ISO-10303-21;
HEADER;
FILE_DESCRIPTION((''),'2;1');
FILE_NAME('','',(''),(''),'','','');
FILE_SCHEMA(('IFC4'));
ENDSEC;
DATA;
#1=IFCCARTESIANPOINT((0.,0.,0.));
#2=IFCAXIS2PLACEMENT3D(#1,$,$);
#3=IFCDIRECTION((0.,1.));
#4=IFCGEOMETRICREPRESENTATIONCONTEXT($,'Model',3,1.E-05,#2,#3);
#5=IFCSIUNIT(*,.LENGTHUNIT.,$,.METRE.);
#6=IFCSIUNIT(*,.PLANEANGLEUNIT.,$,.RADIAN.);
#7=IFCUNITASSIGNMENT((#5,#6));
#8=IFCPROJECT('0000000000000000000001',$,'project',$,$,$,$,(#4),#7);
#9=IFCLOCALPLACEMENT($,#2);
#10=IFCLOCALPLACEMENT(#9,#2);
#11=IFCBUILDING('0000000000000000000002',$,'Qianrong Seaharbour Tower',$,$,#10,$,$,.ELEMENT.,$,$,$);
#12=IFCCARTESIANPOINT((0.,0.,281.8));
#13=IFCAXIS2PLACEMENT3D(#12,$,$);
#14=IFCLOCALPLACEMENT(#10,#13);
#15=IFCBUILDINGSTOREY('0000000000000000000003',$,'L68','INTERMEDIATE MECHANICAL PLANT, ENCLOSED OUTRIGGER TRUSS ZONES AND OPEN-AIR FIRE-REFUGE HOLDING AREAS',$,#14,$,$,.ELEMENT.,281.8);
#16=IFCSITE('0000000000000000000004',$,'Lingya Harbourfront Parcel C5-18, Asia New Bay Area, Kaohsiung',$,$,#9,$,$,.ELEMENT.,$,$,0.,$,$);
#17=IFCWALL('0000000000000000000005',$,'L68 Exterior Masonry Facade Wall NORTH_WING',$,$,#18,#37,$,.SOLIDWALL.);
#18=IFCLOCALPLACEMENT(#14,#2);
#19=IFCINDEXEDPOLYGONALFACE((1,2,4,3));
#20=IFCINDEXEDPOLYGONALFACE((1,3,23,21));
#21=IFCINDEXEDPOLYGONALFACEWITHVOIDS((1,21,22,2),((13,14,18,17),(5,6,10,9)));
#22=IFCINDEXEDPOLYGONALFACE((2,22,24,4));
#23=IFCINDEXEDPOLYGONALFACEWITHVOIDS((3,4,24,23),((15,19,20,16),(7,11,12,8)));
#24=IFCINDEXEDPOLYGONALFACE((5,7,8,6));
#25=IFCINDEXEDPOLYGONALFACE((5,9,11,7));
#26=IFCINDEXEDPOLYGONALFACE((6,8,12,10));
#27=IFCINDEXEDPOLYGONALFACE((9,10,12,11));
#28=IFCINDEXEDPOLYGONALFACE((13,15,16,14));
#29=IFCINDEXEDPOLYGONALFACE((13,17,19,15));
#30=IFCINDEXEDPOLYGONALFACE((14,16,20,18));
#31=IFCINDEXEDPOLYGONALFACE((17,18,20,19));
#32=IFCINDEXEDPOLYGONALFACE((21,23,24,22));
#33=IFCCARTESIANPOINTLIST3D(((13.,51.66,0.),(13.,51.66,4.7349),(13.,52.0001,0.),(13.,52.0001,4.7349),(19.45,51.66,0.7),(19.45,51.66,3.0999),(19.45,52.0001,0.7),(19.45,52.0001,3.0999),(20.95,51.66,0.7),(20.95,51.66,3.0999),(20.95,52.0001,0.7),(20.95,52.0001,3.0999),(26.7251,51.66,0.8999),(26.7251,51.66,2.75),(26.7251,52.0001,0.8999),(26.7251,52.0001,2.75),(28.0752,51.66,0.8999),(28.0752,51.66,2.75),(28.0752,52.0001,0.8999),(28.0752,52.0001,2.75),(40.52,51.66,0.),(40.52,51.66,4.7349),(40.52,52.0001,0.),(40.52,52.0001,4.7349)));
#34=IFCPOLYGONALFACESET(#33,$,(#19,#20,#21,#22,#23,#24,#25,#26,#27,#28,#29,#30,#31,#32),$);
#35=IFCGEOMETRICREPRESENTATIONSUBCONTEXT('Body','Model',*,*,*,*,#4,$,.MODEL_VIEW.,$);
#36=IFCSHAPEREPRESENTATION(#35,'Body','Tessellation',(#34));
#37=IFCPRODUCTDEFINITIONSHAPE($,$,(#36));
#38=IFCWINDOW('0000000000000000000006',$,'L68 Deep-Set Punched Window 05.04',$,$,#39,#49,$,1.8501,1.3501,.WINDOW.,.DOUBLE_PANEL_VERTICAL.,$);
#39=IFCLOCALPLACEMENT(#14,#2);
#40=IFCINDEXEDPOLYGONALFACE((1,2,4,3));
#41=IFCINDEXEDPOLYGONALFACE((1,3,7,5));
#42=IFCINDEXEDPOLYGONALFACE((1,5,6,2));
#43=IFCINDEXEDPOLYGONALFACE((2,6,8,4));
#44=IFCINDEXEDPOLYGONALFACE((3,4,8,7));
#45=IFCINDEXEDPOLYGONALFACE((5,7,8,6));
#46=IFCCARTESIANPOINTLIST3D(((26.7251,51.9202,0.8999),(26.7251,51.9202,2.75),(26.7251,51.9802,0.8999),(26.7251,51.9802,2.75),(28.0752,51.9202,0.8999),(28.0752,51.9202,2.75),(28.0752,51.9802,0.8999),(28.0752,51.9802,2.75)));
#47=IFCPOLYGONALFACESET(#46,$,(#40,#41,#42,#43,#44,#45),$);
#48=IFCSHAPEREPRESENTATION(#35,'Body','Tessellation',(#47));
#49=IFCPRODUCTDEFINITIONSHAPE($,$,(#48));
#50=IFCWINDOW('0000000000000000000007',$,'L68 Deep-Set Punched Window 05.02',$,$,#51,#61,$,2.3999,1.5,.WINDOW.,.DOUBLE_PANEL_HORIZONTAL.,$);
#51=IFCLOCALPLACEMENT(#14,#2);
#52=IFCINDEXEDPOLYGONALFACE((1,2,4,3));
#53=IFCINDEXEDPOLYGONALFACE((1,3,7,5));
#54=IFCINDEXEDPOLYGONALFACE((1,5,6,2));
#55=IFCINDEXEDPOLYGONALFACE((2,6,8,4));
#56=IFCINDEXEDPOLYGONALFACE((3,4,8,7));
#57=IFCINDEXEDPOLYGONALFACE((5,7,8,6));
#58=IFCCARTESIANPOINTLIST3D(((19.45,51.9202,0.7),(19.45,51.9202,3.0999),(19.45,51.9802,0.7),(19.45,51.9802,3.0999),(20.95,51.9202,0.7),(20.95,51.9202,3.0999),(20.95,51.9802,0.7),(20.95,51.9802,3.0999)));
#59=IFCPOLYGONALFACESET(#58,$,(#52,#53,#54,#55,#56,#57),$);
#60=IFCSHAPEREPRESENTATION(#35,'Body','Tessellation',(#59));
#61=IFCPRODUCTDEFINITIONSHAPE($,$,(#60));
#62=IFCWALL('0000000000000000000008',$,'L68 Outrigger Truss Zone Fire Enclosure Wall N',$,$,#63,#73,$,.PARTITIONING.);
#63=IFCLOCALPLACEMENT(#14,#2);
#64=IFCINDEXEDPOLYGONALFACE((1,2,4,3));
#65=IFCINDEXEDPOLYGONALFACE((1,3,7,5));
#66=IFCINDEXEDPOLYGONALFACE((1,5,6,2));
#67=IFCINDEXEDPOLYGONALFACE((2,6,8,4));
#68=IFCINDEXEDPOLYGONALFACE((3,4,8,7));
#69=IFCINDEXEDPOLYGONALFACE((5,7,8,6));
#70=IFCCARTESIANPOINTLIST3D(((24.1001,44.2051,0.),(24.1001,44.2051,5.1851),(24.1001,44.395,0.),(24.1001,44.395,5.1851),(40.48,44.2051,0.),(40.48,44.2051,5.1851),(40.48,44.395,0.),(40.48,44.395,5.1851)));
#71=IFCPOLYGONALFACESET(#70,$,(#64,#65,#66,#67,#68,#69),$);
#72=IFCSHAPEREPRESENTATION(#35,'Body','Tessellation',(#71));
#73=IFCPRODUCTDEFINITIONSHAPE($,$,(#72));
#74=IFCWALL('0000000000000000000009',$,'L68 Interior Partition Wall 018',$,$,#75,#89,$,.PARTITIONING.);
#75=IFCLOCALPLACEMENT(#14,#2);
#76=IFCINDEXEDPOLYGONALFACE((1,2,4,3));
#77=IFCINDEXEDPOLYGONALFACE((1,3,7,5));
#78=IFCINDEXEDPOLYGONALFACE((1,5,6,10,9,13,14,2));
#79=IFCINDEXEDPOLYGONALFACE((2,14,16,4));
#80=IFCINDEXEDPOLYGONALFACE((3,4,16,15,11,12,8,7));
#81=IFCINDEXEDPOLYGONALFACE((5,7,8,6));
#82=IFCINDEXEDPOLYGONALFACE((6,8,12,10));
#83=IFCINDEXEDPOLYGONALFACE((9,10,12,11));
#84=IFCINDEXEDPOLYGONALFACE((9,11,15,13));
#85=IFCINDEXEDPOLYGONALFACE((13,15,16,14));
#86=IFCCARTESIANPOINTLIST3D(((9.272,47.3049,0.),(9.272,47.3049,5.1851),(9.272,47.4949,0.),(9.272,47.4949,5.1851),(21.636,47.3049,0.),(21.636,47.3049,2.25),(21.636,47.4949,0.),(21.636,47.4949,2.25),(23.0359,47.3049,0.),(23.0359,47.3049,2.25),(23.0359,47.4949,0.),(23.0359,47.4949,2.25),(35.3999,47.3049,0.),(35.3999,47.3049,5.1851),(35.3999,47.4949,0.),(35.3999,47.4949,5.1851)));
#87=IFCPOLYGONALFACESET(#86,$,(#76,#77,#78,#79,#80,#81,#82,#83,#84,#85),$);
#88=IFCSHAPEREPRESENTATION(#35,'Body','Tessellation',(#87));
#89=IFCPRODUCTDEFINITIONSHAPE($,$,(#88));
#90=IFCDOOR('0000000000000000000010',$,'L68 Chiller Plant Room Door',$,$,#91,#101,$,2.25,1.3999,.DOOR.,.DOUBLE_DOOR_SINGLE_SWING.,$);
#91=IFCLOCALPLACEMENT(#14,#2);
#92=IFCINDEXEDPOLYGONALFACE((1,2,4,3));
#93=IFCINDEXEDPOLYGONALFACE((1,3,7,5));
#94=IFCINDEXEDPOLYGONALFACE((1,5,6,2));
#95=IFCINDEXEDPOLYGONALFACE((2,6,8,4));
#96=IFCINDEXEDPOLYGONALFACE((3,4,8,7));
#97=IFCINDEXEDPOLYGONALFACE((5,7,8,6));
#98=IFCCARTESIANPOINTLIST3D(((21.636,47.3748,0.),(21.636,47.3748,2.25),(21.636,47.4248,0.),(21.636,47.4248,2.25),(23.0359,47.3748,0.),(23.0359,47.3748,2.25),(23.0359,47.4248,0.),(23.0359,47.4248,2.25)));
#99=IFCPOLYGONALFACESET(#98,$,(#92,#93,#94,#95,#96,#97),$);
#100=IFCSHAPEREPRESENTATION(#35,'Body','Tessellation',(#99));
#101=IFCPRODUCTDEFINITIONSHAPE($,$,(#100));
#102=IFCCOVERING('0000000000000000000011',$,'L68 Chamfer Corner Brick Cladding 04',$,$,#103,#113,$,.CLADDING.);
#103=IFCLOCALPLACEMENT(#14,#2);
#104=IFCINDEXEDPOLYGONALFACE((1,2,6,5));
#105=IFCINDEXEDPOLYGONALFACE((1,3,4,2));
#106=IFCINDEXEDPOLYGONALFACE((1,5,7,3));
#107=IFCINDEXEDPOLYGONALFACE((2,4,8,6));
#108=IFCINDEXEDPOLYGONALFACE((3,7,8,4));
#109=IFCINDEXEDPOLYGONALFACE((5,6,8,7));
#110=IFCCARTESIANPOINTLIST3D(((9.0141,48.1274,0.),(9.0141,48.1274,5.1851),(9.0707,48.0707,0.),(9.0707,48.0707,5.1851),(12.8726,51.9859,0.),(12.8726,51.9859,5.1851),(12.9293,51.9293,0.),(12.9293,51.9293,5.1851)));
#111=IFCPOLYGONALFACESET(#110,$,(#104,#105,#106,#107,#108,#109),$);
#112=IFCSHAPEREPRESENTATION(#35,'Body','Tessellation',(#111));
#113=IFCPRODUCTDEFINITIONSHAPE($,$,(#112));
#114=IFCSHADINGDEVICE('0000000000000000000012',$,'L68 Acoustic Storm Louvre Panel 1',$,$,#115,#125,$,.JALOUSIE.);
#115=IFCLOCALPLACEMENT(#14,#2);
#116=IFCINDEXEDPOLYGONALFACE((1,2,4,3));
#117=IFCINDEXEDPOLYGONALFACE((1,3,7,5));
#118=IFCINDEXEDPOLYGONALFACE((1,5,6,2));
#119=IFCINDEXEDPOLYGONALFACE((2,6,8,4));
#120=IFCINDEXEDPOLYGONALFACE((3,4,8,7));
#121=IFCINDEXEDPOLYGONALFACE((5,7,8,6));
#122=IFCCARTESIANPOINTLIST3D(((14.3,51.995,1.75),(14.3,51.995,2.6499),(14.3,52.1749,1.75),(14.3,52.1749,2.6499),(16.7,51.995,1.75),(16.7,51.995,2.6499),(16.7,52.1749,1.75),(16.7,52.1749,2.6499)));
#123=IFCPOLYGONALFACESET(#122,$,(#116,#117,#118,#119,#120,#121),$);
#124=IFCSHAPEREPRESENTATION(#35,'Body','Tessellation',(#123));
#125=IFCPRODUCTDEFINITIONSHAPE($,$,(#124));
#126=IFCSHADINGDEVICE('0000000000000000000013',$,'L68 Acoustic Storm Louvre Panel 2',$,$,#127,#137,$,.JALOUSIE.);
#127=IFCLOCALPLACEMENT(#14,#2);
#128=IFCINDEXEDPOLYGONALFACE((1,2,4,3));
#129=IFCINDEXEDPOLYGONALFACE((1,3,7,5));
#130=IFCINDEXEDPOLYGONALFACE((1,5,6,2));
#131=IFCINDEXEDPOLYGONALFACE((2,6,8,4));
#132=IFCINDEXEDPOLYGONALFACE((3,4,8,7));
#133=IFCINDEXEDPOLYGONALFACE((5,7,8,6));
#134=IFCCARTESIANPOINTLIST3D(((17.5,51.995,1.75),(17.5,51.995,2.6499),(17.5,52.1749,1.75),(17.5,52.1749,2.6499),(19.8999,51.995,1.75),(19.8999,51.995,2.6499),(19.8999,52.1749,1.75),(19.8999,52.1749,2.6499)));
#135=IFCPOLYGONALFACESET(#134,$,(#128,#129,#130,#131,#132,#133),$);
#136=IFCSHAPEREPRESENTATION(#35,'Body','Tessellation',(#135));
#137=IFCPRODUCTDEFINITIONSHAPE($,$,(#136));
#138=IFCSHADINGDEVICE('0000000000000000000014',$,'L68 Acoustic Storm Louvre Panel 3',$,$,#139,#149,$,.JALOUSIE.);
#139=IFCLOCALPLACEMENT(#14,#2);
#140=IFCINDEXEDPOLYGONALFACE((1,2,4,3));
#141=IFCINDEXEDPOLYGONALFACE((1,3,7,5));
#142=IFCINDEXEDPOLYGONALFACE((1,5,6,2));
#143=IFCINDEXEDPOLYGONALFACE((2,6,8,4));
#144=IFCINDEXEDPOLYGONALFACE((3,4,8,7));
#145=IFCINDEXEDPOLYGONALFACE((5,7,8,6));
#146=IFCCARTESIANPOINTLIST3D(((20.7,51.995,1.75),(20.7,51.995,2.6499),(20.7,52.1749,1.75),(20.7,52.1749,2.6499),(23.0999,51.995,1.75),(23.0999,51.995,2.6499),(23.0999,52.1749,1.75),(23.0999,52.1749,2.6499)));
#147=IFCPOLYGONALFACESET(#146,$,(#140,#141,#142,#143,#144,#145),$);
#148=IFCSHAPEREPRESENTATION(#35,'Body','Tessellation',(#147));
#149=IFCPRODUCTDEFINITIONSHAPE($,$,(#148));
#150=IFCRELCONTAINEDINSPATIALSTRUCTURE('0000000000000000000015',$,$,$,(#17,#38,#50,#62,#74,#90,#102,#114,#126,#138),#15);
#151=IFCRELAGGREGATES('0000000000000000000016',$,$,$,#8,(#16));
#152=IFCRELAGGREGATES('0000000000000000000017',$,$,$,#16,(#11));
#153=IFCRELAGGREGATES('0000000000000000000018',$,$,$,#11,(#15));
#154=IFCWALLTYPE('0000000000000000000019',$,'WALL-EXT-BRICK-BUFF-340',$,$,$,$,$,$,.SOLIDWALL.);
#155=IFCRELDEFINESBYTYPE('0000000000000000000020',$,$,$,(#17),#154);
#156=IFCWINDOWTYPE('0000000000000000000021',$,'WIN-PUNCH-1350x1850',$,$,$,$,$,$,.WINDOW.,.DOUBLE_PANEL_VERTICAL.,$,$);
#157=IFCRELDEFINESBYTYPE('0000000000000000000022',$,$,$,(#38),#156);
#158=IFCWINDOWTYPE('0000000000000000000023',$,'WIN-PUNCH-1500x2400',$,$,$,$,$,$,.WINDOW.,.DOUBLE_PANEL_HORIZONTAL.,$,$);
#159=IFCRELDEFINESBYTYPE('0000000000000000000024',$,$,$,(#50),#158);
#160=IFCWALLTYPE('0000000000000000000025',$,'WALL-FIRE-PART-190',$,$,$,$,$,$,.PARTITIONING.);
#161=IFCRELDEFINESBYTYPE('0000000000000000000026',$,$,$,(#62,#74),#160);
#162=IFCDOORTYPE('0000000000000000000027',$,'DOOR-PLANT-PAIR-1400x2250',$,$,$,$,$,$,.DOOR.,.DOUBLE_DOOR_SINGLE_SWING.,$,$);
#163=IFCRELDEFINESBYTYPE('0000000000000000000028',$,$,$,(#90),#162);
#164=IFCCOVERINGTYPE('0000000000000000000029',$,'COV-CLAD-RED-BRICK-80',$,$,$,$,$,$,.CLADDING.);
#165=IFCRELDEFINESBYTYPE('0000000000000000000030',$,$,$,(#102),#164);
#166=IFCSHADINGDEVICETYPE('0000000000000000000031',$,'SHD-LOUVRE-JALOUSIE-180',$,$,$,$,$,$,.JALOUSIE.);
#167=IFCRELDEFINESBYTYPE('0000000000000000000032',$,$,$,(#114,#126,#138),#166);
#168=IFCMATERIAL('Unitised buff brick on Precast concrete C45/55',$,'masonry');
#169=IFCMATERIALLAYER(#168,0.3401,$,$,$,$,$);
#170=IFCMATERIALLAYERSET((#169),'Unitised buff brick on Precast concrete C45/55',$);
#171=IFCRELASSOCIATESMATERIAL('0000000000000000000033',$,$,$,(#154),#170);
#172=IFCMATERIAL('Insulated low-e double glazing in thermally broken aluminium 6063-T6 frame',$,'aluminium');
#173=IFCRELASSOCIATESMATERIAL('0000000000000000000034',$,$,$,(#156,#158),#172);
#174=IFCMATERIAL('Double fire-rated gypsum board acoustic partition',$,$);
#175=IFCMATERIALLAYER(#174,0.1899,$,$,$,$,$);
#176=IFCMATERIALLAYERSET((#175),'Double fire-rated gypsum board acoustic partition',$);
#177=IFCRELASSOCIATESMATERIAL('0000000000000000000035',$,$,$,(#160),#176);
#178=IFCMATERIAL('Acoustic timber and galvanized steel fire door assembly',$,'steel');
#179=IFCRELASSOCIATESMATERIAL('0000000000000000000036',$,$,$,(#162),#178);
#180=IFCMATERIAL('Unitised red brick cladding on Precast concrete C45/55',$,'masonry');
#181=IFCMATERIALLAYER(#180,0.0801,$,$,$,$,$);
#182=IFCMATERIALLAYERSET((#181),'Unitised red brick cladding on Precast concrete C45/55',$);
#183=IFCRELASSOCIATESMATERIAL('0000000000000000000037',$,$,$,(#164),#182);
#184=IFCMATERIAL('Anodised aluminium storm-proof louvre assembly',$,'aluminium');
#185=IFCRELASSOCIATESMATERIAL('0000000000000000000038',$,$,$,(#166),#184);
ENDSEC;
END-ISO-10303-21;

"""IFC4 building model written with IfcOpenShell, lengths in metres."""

from ifc_helpers import new_model, si_unit, direction, frame, frame_2d, origin, origin_2d, place, context, subcontext, project, spatial, rectangle, extrude, material, layer, layer_set, type_object, element, fill, save


model = new_model("IFC4")

# Units and contexts
model_context = context("Model", 3, precision=1e-05, world=origin(), true_north=direction((0.0, 1.0)))
body_context = subcontext(model_context, "Body", "Model", "MODEL_VIEW")
ifc_project = project(units=[si_unit("LENGTHUNIT", "METRE"), si_unit("PLANEANGLEUNIT", "RADIAN")], contexts=[model_context])

# Site, building, storey
site_placement = place(None, origin())
site = spatial("IfcSite", under=ifc_project, at=site_placement, Name="Lingya Harbourfront Parcel C5-18, Asia New Bay Area, Kaohsiung", CompositionType="ELEMENT", RefElevation=0.0)
building_placement = place(site_placement, origin())
building = spatial("IfcBuilding", under=site, at=building_placement, Name="Qianrong Seaharbour Tower", CompositionType="ELEMENT")
storey_placement = place(building_placement, frame((0.0, 0.0, 281.8)))
storey = spatial("IfcBuildingStorey", under=building, at=storey_placement, Name="L68", Description="INTERMEDIATE MECHANICAL PLANT, ENCLOSED OUTRIGGER TRUSS ZONES AND OPEN-AIR FIRE-REFUGE HOLDING AREAS", CompositionType="ELEMENT", Elevation=281.8)

# Wall, openings, windows
ifc_material_1 = material(Name="Unitised buff brick on Precast concrete C45/55", Category="masonry")
ifc_layer_1 = layer(ifc_material_1, 0.3401)
ifc_layer_set_1 = layer_set([ifc_layer_1], Name="Unitised buff brick on Precast concrete C45/55")
wall_type_1 = type_object("IfcWallType", Name="WALL-EXT-BRICK-BUFF-340", PredefinedType="SOLIDWALL", material=ifc_layer_set_1)
wall_1_placement = place(storey_placement, frame((13.0, 51.8301, 0.0), z_axis=(0.0, 0.0, 1.0), x_axis=(1.0, 0.0, 0.0)))
wall_1 = element("IfcWall", 1, at=wall_1_placement, inside=storey, type_object=wall_type_1, Name="L68 Exterior Masonry Facade Wall NORTH_WING", PredefinedType="SOLIDWALL", context=body_context, shape_type="SweptSolid", body=[
    extrude(rectangle(XDim=27.52, YDim=0.3401, at=frame_2d((13.76, 0.0))), origin(), (0.0, 0.0, 1.0), 4.7349),
])
opening_1_placement = place(wall_1_placement, frame((6.45, 0.0, 0.7)))
opening_1 = element("IfcOpeningElement", 2, at=opening_1_placement, cuts=wall_1, PredefinedType="OPENING", context=body_context, shape_type="SweptSolid", body=[
    extrude(rectangle(XDim=1.5, YDim=2.3999, at=frame_2d((0.75, 1.2))), frame((0.0, 0.1802, 0.0), z_axis=(0.0, -1.0, 0.0), x_axis=(1.0, 0.0, 0.0)), (0.0, 0.0, 1.0), 0.3601),
])
opening_2_placement = place(wall_1_placement, frame((13.7251, 0.0, 0.8999)))
opening_2 = element("IfcOpeningElement", 3, at=opening_2_placement, cuts=wall_1, PredefinedType="OPENING", context=body_context, shape_type="SweptSolid", body=[
    extrude(rectangle(XDim=1.3501, YDim=1.8501, at=frame_2d((0.675, 0.925))), frame((0.0, 0.1802, 0.0), z_axis=(0.0, -1.0, 0.0), x_axis=(1.0, 0.0, 0.0)), (0.0, 0.0, 1.0), 0.3601),
])
ifc_material_2 = material(Name="Insulated low-e double glazing in thermally broken aluminium 6063-T6 frame", Category="aluminium")
window_type_1 = type_object("IfcWindowType", Name="WIN-PUNCH-1350x1850", PartitioningType="DOUBLE_PANEL_VERTICAL", PredefinedType="WINDOW", material=ifc_material_2)
window_1_placement = place(opening_2_placement, origin())
window_1 = element("IfcWindow", 4, at=window_1_placement, inside=storey, type_object=window_type_1, Name="L68 Deep-Set Punched Window 05.04", OverallHeight=1.8501, OverallWidth=1.3501, PartitioningType="DOUBLE_PANEL_VERTICAL", PredefinedType="WINDOW", context=body_context, shape_type="SweptSolid", body=[
    extrude(rectangle(XDim=1.3501, YDim=1.8501, at=frame_2d((0.675, 0.925))), frame((0.0, 0.1501, 0.0), z_axis=(0.0, -1.0, 0.0), x_axis=(1.0, 0.0, 0.0)), (0.0, 0.0, 1.0), 0.0601),
])
fill(opening_2, window_1)
window_type_2 = type_object("IfcWindowType", Name="WIN-PUNCH-1500x2400", PartitioningType="DOUBLE_PANEL_HORIZONTAL", PredefinedType="WINDOW", material=ifc_material_2)
window_2_placement = place(opening_1_placement, origin())
window_2 = element("IfcWindow", 5, at=window_2_placement, inside=storey, type_object=window_type_2, Name="L68 Deep-Set Punched Window 05.02", OverallHeight=2.3999, OverallWidth=1.5, PartitioningType="DOUBLE_PANEL_HORIZONTAL", PredefinedType="WINDOW", context=body_context, shape_type="SweptSolid", body=[
    extrude(rectangle(XDim=1.5, YDim=2.3999, at=frame_2d((0.75, 1.2))), frame((0.0, 0.1501, 0.0), z_axis=(0.0, -1.0, 0.0), x_axis=(1.0, 0.0, 0.0)), (0.0, 0.0, 1.0), 0.0601),
])
fill(opening_1, window_2)

# Wall
ifc_material_3 = material(Name="Double fire-rated gypsum board acoustic partition")
ifc_layer_2 = layer(ifc_material_3, 0.1899)
ifc_layer_set_2 = layer_set([ifc_layer_2], Name="Double fire-rated gypsum board acoustic partition")
wall_type_2 = type_object("IfcWallType", Name="WALL-FIRE-PART-190", PredefinedType="PARTITIONING", material=ifc_layer_set_2)
wall_2_placement = place(storey_placement, frame((24.1001, 44.3, 0.0), z_axis=(0.0, 0.0, 1.0), x_axis=(1.0, 0.0, 0.0)))
element("IfcWall", 6, at=wall_2_placement, inside=storey, type_object=wall_type_2, Name="L68 Outrigger Truss Zone Fire Enclosure Wall N", PredefinedType="PARTITIONING", context=body_context, shape_type="SweptSolid", body=[
    extrude(rectangle(XDim=16.3799, YDim=0.1899, at=frame_2d((8.1899, 0.0))), origin(), (0.0, 0.0, 1.0), 5.1851),
])

# Wall, opening, door
wall_3_placement = place(storey_placement, frame((9.272, 47.3999, 0.0), z_axis=(0.0, 0.0, 1.0), x_axis=(1.0, 0.0, 0.0)))
wall_3 = element("IfcWall", 7, at=wall_3_placement, inside=storey, type_object=wall_type_2, Name="L68 Interior Partition Wall 018", PredefinedType="PARTITIONING", context=body_context, shape_type="SweptSolid", body=[
    extrude(rectangle(XDim=26.1279, YDim=0.1899, at=frame_2d((13.064, 0.0))), origin(), (0.0, 0.0, 1.0), 5.1851),
])
opening_3_placement = place(wall_3_placement, frame((12.364, 0.0, 0.0)))
opening_3 = element("IfcOpeningElement", 8, at=opening_3_placement, cuts=wall_3, PredefinedType="OPENING", context=body_context, shape_type="SweptSolid", body=[
    extrude(rectangle(XDim=1.3999, YDim=2.25, at=frame_2d((0.7, 1.125))), frame((0.0, 0.105, 0.0), z_axis=(0.0, -1.0, 0.0), x_axis=(1.0, 0.0, 0.0)), (0.0, 0.0, 1.0), 0.21),
])
ifc_material_4 = material(Name="Acoustic timber and galvanized steel fire door assembly", Category="steel")
door_type = type_object("IfcDoorType", Name="DOOR-PLANT-PAIR-1400x2250", OperationType="DOUBLE_DOOR_SINGLE_SWING", PredefinedType="DOOR", material=ifc_material_4)
door_placement = place(opening_3_placement, origin())
door = element("IfcDoor", 9, at=door_placement, inside=storey, type_object=door_type, Name="L68 Chiller Plant Room Door", OperationType="DOUBLE_DOOR_SINGLE_SWING", OverallHeight=2.25, OverallWidth=1.3999, PredefinedType="DOOR", context=body_context, shape_type="SweptSolid", body=[
    extrude(rectangle(XDim=1.3999, YDim=2.25, at=frame_2d((0.7, 1.125))), frame((0.0, 0.0249, 0.0), z_axis=(0.0, -1.0, 0.0), x_axis=(1.0, 0.0, 0.0)), (0.0, 0.0, 1.0), 0.05),
])
fill(opening_3, door)

# Covering
ifc_material_5 = material(Name="Unitised red brick cladding on Precast concrete C45/55", Category="masonry")
ifc_layer_3 = layer(ifc_material_5, 0.0801)
ifc_layer_set_3 = layer_set([ifc_layer_3], Name="Unitised red brick cladding on Precast concrete C45/55")
covering_type = type_object("IfcCoveringType", Name="COV-CLAD-RED-BRICK-80", PredefinedType="CLADDING", material=ifc_layer_set_3)
covering_placement = place(storey_placement, frame((10.9717, 50.0283, 0.0), z_axis=(0.0, 0.0, 1.0), x_axis=(0.707107, 0.707107, 0.0)))
element("IfcCovering", 10, at=covering_placement, inside=storey, type_object=covering_type, Name="L68 Chamfer Corner Brick Cladding 04", PredefinedType="CLADDING", context=body_context, shape_type="SweptSolid", body=[
    extrude(rectangle(XDim=5.4568, YDim=0.0801, at=origin_2d()), origin(), (0.0, 0.0, 1.0), 5.1851),
])

# Shading devices
ifc_material_6 = material(Name="Anodised aluminium storm-proof louvre assembly", Category="aluminium")
shading_device_type = type_object("IfcShadingDeviceType", Name="SHD-LOUVRE-JALOUSIE-180", PredefinedType="JALOUSIE", material=ifc_material_6)
for number, where, z_axis, x_axis, name in (
    (11, (15.5, 52.085, 1.75), (0.0, 0.0, 1.0), (1.0, 0.0, 0.0), "L68 Acoustic Storm Louvre Panel 1"),
    (12, (18.7, 52.085, 1.75), (0.0, 0.0, 1.0), (1.0, 0.0, 0.0), "L68 Acoustic Storm Louvre Panel 2"),
    (13, (21.8999, 52.085, 1.75), (0.0, 0.0, 1.0), (1.0, 0.0, 0.0), "L68 Acoustic Storm Louvre Panel 3"),
):
    element("IfcShadingDevice", number, at=place(storey_placement, frame(where, z_axis=z_axis, x_axis=x_axis)), inside=storey, type_object=shading_device_type, Name=name, PredefinedType="JALOUSIE", context=body_context, shape_type="SweptSolid", body=[
        extrude(rectangle(XDim=2.3999, YDim=0.1799, at=origin_2d()), origin(), (0.0, 0.0, 1.0), 0.8999),
    ])

save(model, "model.ifc")
